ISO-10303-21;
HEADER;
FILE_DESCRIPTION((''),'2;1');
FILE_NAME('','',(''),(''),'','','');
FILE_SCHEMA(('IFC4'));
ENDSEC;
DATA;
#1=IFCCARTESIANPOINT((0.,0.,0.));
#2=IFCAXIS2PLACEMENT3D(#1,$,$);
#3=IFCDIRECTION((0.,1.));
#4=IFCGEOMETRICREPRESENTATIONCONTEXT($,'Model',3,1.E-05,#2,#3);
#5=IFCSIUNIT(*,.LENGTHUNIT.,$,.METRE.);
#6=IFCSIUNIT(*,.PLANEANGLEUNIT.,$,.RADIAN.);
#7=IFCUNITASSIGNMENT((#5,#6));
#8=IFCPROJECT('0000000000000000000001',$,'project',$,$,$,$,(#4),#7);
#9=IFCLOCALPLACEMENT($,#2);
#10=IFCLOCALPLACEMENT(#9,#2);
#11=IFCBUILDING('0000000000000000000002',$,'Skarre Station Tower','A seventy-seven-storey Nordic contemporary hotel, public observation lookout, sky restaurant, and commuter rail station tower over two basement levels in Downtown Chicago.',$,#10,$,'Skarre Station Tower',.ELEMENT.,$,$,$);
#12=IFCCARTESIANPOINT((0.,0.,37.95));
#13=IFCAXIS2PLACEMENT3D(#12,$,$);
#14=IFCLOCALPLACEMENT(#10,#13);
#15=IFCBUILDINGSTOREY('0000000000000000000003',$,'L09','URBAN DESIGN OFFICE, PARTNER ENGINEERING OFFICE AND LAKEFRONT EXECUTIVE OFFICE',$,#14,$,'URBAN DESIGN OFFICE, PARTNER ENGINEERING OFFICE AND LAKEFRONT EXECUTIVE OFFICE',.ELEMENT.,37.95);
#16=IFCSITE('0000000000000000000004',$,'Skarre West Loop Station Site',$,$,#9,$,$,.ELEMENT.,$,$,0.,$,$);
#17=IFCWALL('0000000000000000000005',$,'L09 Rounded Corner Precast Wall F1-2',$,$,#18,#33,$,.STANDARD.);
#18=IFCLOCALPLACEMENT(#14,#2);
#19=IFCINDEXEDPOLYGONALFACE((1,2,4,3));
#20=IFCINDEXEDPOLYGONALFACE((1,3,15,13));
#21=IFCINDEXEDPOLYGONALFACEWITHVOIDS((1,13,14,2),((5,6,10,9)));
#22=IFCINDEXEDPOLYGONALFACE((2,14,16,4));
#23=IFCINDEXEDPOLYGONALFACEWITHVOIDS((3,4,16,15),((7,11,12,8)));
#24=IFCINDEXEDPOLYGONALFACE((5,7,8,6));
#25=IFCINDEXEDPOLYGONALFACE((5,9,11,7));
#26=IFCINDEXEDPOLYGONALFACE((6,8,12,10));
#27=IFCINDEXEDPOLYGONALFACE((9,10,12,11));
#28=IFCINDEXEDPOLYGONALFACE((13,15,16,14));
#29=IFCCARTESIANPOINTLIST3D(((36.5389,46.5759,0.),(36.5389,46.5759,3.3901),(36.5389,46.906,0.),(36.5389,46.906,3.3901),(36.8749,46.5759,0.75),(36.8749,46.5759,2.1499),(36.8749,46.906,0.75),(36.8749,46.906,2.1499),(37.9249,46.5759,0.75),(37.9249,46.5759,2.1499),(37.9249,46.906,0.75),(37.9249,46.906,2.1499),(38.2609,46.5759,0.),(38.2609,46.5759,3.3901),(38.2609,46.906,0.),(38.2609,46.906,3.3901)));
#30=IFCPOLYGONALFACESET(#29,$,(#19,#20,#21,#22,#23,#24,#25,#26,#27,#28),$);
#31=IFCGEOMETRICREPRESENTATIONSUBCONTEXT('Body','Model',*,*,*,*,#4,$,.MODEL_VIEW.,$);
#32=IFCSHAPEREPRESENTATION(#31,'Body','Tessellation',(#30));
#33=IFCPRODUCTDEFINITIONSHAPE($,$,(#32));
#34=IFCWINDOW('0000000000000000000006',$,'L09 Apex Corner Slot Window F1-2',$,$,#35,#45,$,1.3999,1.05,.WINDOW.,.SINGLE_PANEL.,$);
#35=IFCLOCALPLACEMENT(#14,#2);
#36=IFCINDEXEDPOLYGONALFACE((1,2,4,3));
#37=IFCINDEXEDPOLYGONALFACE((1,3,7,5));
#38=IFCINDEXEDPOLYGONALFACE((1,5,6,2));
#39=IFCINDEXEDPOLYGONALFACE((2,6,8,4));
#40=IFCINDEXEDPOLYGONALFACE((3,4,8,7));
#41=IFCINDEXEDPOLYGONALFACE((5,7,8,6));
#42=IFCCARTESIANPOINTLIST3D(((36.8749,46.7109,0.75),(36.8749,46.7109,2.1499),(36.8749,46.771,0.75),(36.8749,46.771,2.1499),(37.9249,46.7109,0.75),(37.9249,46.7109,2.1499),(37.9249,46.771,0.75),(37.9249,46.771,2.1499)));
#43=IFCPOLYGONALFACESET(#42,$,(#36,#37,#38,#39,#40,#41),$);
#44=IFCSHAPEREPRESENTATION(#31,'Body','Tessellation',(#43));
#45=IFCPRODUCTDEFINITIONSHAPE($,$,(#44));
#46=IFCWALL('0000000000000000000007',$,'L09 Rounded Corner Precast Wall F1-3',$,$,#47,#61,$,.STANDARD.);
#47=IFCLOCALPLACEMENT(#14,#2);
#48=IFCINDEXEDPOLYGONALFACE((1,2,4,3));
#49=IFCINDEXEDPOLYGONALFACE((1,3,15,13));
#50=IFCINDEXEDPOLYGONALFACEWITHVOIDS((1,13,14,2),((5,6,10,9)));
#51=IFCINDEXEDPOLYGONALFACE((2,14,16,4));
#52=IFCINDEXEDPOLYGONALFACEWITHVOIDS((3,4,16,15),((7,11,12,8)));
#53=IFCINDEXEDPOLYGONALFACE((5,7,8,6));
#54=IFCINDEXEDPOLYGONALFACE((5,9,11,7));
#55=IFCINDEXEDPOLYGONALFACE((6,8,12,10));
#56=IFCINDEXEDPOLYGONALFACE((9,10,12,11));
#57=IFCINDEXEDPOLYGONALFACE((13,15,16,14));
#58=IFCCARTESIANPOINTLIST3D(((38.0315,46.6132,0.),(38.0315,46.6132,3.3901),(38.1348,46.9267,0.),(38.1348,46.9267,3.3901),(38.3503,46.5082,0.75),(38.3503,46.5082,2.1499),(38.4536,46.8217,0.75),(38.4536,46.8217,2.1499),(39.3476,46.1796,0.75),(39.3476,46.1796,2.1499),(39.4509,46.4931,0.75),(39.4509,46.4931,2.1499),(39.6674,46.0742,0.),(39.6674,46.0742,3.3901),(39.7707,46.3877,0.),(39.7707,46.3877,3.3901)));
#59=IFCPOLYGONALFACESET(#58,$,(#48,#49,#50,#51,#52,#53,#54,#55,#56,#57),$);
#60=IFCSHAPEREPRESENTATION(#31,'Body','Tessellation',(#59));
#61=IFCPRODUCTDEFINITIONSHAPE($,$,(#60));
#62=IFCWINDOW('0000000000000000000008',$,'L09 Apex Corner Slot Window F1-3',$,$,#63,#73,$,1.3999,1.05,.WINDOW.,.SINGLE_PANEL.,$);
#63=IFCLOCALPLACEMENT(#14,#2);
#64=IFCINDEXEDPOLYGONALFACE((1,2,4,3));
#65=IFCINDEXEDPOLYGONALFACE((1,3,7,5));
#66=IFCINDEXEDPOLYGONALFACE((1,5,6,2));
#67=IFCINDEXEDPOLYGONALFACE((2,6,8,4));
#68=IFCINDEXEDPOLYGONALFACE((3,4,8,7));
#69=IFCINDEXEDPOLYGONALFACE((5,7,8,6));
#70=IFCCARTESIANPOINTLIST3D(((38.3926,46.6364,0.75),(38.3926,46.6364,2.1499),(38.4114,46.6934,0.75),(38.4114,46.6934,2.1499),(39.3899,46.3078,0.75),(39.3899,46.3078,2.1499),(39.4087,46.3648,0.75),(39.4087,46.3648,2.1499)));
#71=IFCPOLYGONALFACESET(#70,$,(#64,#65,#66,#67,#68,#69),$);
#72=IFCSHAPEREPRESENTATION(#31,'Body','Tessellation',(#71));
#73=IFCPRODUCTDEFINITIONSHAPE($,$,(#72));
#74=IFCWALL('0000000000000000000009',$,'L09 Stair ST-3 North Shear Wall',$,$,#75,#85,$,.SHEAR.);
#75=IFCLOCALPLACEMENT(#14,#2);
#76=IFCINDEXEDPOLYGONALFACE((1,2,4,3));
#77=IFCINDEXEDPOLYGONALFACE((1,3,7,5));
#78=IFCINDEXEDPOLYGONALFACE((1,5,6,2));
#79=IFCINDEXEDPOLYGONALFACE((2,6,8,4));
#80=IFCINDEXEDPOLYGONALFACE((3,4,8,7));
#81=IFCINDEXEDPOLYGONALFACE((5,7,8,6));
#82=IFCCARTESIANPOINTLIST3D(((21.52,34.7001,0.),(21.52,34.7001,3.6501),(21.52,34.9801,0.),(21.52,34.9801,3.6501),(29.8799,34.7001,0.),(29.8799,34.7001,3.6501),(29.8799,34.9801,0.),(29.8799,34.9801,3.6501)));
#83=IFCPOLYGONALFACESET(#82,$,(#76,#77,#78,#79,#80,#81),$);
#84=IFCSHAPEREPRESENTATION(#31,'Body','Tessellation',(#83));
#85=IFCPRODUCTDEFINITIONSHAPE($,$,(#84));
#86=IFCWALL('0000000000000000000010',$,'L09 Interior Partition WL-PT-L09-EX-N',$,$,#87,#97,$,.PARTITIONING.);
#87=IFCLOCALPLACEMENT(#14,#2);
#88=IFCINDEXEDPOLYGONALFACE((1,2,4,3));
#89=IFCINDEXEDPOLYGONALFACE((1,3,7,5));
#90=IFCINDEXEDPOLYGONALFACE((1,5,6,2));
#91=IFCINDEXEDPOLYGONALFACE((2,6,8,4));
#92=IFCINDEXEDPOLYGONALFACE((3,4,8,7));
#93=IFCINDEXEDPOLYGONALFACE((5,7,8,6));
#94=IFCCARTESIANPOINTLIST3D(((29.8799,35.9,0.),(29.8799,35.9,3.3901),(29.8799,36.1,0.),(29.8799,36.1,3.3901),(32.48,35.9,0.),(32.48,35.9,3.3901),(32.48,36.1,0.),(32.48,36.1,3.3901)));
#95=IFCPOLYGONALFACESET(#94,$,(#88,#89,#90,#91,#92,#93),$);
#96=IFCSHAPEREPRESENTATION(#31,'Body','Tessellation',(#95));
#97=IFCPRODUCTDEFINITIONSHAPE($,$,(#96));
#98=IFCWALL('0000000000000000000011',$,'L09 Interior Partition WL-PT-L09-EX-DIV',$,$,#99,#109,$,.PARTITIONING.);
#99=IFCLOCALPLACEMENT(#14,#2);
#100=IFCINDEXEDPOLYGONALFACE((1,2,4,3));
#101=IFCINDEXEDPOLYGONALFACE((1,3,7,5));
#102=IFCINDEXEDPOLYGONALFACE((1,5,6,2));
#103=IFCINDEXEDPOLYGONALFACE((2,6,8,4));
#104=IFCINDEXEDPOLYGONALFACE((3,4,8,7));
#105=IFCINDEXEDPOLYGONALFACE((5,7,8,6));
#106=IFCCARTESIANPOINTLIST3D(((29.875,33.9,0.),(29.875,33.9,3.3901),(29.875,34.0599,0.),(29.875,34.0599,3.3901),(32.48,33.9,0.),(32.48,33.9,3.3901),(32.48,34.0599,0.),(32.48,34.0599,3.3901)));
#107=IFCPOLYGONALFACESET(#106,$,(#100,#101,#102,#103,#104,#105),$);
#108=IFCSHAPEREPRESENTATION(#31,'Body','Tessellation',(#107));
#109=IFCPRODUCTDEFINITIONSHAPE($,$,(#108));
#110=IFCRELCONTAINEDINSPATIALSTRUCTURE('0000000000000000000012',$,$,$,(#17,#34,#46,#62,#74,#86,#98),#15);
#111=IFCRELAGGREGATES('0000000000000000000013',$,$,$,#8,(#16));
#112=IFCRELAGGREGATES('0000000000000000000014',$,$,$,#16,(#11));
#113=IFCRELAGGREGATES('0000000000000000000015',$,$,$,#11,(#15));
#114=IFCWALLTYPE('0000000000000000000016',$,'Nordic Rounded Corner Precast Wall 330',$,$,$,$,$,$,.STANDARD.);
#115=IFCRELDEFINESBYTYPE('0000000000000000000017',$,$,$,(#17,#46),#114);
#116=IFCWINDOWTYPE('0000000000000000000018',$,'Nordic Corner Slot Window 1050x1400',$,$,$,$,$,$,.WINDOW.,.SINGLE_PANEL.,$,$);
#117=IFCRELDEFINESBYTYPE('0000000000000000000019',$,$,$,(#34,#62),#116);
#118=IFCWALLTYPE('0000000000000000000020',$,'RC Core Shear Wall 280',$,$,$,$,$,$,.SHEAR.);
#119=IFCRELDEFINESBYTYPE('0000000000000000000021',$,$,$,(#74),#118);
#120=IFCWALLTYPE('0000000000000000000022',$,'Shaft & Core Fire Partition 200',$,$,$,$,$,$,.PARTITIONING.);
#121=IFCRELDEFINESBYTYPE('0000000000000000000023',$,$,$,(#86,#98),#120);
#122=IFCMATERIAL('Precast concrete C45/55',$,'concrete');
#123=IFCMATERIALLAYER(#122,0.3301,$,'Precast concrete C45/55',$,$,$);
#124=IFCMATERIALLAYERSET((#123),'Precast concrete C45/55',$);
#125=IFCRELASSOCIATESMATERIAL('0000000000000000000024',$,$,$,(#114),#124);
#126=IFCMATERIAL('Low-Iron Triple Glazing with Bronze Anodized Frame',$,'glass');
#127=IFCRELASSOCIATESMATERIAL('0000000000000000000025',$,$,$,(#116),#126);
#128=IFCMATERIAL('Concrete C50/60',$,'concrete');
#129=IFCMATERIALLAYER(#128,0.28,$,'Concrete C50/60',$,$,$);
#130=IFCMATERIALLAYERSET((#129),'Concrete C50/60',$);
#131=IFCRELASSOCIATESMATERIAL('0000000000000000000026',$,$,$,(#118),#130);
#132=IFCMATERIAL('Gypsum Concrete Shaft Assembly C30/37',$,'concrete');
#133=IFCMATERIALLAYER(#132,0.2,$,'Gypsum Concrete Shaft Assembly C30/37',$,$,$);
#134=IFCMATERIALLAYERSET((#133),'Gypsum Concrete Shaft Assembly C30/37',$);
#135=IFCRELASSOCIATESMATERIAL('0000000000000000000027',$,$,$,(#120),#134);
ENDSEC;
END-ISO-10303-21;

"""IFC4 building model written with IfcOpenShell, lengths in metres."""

from ifc_helpers import new_model, si_unit, direction, frame, frame_2d, origin, place, context, subcontext, project, spatial, rectangle, extrude, material, layer, layer_set, type_object, element, fill, save


model = new_model("IFC4")

# Units and contexts
model_context = context("Model", 3, precision=1e-05, world=origin(), true_north=direction((0.0, 1.0)))
body_context = subcontext(model_context, "Body", "Model", "MODEL_VIEW")
ifc_project = project(units=[si_unit("LENGTHUNIT", "METRE"), si_unit("PLANEANGLEUNIT", "RADIAN")], contexts=[model_context])

# Site, building, storey
site_placement = place(None, origin())
site = spatial("IfcSite", under=ifc_project, at=site_placement, Name="Skarre West Loop Station Site", CompositionType="ELEMENT", RefElevation=0.0)
building_placement = place(site_placement, origin())
building = spatial("IfcBuilding", under=site, at=building_placement, Name="Skarre Station Tower", Description="A seventy-seven-storey Nordic contemporary hotel, public observation lookout, sky restaurant, and commuter rail station tower over two basement levels in Downtown Chicago.", LongName="Skarre Station Tower", CompositionType="ELEMENT")
storey_placement = place(building_placement, frame((0.0, 0.0, 37.95)))
storey = spatial("IfcBuildingStorey", under=building, at=storey_placement, Name="L09", Description="URBAN DESIGN OFFICE, PARTNER ENGINEERING OFFICE AND LAKEFRONT EXECUTIVE OFFICE", LongName="URBAN DESIGN OFFICE, PARTNER ENGINEERING OFFICE AND LAKEFRONT EXECUTIVE OFFICE", CompositionType="ELEMENT", Elevation=37.95)

# Shared definitions
ifc_material_1 = material(Name="Precast concrete C45/55", Category="concrete")
ifc_material_2 = material(Name="Low-Iron Triple Glazing with Bronze Anodized Frame", Category="glass")

# Shared definitions
ifc_layer_1 = layer(ifc_material_1, 0.3301, Name="Precast concrete C45/55")
ifc_layer_set_1 = layer_set([ifc_layer_1], Name="Precast concrete C45/55")
wall_type_1 = type_object("IfcWallType", Name="Nordic Rounded Corner Precast Wall 330", PredefinedType="STANDARD", material=ifc_layer_set_1)

# Walls, openings, windows
wall_1_placement = place(storey_placement, frame((36.5391, 46.741, 0.0), z_axis=(0.0, 0.0, 1.0), x_axis=(1.0, 0.0, 0.0)))
wall_1 = element("IfcWall", 1, at=wall_1_placement, inside=storey, type_object=wall_type_1, Name="L09 Rounded Corner Precast Wall F1-2", PredefinedType="STANDARD", context=body_context, shape_type="SweptSolid", body=[
    extrude(rectangle(XDim=1.7219, YDim=0.3301, at=frame_2d((0.8608, 0.0))), origin(), (0.0, 0.0, 1.0), 3.3901),
])
opening_1_placement = place(wall_1_placement, frame((0.3359, 0.0, 0.75)))
opening_1 = element("IfcOpeningElement", 2, at=opening_1_placement, cuts=wall_1, PredefinedType="OPENING", context=body_context, shape_type="SweptSolid", body=[
    extrude(rectangle(XDim=1.05, YDim=1.3999, at=frame_2d((0.5249, 0.7))), frame((0.0, 0.175, 0.0), z_axis=(0.0, -1.0, 0.0), x_axis=(1.0, 0.0, 0.0)), (0.0, 0.0, 1.0), 0.3501),
])
window_type_1 = type_object("IfcWindowType", Name="Nordic Corner Slot Window 1050x1400", PartitioningType="SINGLE_PANEL", PredefinedType="WINDOW", material=ifc_material_2)
window_1_placement = place(opening_1_placement, origin())
window_1 = element("IfcWindow", 3, at=window_1_placement, inside=storey, type_object=window_type_1, Name="L09 Apex Corner Slot Window F1-2", OverallHeight=1.3999, OverallWidth=1.05, PartitioningType="SINGLE_PANEL", PredefinedType="WINDOW", context=body_context, shape_type="SweptSolid", body=[
    extrude(rectangle(XDim=1.05, YDim=1.3999, at=frame_2d((0.5249, 0.7))), frame((0.0, 0.03, 0.0), z_axis=(0.0, -1.0, 0.0), x_axis=(1.0, 0.0, 0.0)), (0.0, 0.0, 1.0), 0.0601),
])
fill(opening_1, window_1)
wall_2_placement = place(storey_placement, frame((38.083, 46.77, 0.0), z_axis=(0.0, 0.0, 1.0), x_axis=(0.949769, -0.312952, 0.0)))
wall_2 = element("IfcWall", 4, at=wall_2_placement, inside=storey, type_object=wall_type_1, Name="L09 Rounded Corner Precast Wall F1-3", PredefinedType="STANDARD", context=body_context, shape_type="SweptSolid", body=[
    extrude(rectangle(XDim=1.7224, YDim=0.3301, at=frame_2d((0.8613, 0.0))), origin(), (0.0, 0.0, 1.0), 3.3901),
])
opening_2_placement = place(wall_2_placement, frame((0.3359, 0.0, 0.75)))
opening_2 = element("IfcOpeningElement", 5, at=opening_2_placement, cuts=wall_2, PredefinedType="OPENING", context=body_context, shape_type="SweptSolid", body=[
    extrude(rectangle(XDim=1.05, YDim=1.3999, at=frame_2d((0.5249, 0.7))), frame((0.0, 0.175, 0.0), z_axis=(0.0, -1.0, 0.0), x_axis=(1.0, 0.0, 0.0)), (0.0, 0.0, 1.0), 0.3501),
])
window_2_placement = place(opening_2_placement, origin())
window_2 = element("IfcWindow", 6, at=window_2_placement, inside=storey, type_object=window_type_1, Name="L09 Apex Corner Slot Window F1-3", OverallHeight=1.3999, OverallWidth=1.05, PartitioningType="SINGLE_PANEL", PredefinedType="WINDOW", context=body_context, shape_type="SweptSolid", body=[
    extrude(rectangle(XDim=1.05, YDim=1.3999, at=frame_2d((0.5249, 0.7))), frame((0.0, 0.03, 0.0), z_axis=(0.0, -1.0, 0.0), x_axis=(1.0, 0.0, 0.0)), (0.0, 0.0, 1.0), 0.0601),
])
fill(opening_2, window_2)

# Walls
ifc_material_3 = material(Name="Concrete C50/60", Category="concrete")
ifc_layer_2 = layer(ifc_material_3, 0.28, Name="Concrete C50/60")
ifc_layer_set_2 = layer_set([ifc_layer_2], Name="Concrete C50/60")
wall_type_2 = type_object("IfcWallType", Name="RC Core Shear Wall 280", PredefinedType="SHEAR", material=ifc_layer_set_2)
wall_3_placement = place(storey_placement, frame((29.8799, 34.8401, 0.0), z_axis=(0.0, 0.0, 1.0), x_axis=(-1.0, 0.0, 0.0)))
element("IfcWall", 7, at=wall_3_placement, inside=storey, type_object=wall_type_2, Name="L09 Stair ST-3 North Shear Wall", PredefinedType="SHEAR", context=body_context, shape_type="SweptSolid", body=[
    extrude(rectangle(XDim=8.3599, YDim=0.28, at=frame_2d((4.1799, 0.0))), origin(), (0.0, 0.0, 1.0), 3.6501),
])
ifc_material_4 = material(Name="Gypsum Concrete Shaft Assembly C30/37", Category="concrete")
ifc_layer_3 = layer(ifc_material_4, 0.2, Name="Gypsum Concrete Shaft Assembly C30/37")
ifc_layer_set_3 = layer_set([ifc_layer_3], Name="Gypsum Concrete Shaft Assembly C30/37")
wall_type_3 = type_object("IfcWallType", Name="Shaft & Core Fire Partition 200", PredefinedType="PARTITIONING", material=ifc_layer_set_3)
wall_4_placement = place(storey_placement, frame((29.8799, 36.0, 0.0), z_axis=(0.0, 0.0, 1.0), x_axis=(1.0, 0.0, 0.0)))
element("IfcWall", 8, at=wall_4_placement, inside=storey, type_object=wall_type_3, Name="L09 Interior Partition WL-PT-L09-EX-N", PredefinedType="PARTITIONING", context=body_context, shape_type="SweptSolid", body=[
    extrude(rectangle(XDim=2.6001, YDim=0.2, at=frame_2d((1.3, 0.0))), origin(), (0.0, 0.0, 1.0), 3.3901),
])
wall_5_placement = place(storey_placement, frame((29.875, 33.98, 0.0), z_axis=(0.0, 0.0, 1.0), x_axis=(1.0, 0.0, 0.0)))
element("IfcWall", 9, at=wall_5_placement, inside=storey, type_object=wall_type_3, Name="L09 Interior Partition WL-PT-L09-EX-DIV", PredefinedType="PARTITIONING", context=body_context, shape_type="SweptSolid", body=[
    extrude(rectangle(XDim=2.605, YDim=0.1599, at=frame_2d((1.3025, 0.0))), origin(), (0.0, 0.0, 1.0), 3.3901),
])

save(model, "model.ifc")
